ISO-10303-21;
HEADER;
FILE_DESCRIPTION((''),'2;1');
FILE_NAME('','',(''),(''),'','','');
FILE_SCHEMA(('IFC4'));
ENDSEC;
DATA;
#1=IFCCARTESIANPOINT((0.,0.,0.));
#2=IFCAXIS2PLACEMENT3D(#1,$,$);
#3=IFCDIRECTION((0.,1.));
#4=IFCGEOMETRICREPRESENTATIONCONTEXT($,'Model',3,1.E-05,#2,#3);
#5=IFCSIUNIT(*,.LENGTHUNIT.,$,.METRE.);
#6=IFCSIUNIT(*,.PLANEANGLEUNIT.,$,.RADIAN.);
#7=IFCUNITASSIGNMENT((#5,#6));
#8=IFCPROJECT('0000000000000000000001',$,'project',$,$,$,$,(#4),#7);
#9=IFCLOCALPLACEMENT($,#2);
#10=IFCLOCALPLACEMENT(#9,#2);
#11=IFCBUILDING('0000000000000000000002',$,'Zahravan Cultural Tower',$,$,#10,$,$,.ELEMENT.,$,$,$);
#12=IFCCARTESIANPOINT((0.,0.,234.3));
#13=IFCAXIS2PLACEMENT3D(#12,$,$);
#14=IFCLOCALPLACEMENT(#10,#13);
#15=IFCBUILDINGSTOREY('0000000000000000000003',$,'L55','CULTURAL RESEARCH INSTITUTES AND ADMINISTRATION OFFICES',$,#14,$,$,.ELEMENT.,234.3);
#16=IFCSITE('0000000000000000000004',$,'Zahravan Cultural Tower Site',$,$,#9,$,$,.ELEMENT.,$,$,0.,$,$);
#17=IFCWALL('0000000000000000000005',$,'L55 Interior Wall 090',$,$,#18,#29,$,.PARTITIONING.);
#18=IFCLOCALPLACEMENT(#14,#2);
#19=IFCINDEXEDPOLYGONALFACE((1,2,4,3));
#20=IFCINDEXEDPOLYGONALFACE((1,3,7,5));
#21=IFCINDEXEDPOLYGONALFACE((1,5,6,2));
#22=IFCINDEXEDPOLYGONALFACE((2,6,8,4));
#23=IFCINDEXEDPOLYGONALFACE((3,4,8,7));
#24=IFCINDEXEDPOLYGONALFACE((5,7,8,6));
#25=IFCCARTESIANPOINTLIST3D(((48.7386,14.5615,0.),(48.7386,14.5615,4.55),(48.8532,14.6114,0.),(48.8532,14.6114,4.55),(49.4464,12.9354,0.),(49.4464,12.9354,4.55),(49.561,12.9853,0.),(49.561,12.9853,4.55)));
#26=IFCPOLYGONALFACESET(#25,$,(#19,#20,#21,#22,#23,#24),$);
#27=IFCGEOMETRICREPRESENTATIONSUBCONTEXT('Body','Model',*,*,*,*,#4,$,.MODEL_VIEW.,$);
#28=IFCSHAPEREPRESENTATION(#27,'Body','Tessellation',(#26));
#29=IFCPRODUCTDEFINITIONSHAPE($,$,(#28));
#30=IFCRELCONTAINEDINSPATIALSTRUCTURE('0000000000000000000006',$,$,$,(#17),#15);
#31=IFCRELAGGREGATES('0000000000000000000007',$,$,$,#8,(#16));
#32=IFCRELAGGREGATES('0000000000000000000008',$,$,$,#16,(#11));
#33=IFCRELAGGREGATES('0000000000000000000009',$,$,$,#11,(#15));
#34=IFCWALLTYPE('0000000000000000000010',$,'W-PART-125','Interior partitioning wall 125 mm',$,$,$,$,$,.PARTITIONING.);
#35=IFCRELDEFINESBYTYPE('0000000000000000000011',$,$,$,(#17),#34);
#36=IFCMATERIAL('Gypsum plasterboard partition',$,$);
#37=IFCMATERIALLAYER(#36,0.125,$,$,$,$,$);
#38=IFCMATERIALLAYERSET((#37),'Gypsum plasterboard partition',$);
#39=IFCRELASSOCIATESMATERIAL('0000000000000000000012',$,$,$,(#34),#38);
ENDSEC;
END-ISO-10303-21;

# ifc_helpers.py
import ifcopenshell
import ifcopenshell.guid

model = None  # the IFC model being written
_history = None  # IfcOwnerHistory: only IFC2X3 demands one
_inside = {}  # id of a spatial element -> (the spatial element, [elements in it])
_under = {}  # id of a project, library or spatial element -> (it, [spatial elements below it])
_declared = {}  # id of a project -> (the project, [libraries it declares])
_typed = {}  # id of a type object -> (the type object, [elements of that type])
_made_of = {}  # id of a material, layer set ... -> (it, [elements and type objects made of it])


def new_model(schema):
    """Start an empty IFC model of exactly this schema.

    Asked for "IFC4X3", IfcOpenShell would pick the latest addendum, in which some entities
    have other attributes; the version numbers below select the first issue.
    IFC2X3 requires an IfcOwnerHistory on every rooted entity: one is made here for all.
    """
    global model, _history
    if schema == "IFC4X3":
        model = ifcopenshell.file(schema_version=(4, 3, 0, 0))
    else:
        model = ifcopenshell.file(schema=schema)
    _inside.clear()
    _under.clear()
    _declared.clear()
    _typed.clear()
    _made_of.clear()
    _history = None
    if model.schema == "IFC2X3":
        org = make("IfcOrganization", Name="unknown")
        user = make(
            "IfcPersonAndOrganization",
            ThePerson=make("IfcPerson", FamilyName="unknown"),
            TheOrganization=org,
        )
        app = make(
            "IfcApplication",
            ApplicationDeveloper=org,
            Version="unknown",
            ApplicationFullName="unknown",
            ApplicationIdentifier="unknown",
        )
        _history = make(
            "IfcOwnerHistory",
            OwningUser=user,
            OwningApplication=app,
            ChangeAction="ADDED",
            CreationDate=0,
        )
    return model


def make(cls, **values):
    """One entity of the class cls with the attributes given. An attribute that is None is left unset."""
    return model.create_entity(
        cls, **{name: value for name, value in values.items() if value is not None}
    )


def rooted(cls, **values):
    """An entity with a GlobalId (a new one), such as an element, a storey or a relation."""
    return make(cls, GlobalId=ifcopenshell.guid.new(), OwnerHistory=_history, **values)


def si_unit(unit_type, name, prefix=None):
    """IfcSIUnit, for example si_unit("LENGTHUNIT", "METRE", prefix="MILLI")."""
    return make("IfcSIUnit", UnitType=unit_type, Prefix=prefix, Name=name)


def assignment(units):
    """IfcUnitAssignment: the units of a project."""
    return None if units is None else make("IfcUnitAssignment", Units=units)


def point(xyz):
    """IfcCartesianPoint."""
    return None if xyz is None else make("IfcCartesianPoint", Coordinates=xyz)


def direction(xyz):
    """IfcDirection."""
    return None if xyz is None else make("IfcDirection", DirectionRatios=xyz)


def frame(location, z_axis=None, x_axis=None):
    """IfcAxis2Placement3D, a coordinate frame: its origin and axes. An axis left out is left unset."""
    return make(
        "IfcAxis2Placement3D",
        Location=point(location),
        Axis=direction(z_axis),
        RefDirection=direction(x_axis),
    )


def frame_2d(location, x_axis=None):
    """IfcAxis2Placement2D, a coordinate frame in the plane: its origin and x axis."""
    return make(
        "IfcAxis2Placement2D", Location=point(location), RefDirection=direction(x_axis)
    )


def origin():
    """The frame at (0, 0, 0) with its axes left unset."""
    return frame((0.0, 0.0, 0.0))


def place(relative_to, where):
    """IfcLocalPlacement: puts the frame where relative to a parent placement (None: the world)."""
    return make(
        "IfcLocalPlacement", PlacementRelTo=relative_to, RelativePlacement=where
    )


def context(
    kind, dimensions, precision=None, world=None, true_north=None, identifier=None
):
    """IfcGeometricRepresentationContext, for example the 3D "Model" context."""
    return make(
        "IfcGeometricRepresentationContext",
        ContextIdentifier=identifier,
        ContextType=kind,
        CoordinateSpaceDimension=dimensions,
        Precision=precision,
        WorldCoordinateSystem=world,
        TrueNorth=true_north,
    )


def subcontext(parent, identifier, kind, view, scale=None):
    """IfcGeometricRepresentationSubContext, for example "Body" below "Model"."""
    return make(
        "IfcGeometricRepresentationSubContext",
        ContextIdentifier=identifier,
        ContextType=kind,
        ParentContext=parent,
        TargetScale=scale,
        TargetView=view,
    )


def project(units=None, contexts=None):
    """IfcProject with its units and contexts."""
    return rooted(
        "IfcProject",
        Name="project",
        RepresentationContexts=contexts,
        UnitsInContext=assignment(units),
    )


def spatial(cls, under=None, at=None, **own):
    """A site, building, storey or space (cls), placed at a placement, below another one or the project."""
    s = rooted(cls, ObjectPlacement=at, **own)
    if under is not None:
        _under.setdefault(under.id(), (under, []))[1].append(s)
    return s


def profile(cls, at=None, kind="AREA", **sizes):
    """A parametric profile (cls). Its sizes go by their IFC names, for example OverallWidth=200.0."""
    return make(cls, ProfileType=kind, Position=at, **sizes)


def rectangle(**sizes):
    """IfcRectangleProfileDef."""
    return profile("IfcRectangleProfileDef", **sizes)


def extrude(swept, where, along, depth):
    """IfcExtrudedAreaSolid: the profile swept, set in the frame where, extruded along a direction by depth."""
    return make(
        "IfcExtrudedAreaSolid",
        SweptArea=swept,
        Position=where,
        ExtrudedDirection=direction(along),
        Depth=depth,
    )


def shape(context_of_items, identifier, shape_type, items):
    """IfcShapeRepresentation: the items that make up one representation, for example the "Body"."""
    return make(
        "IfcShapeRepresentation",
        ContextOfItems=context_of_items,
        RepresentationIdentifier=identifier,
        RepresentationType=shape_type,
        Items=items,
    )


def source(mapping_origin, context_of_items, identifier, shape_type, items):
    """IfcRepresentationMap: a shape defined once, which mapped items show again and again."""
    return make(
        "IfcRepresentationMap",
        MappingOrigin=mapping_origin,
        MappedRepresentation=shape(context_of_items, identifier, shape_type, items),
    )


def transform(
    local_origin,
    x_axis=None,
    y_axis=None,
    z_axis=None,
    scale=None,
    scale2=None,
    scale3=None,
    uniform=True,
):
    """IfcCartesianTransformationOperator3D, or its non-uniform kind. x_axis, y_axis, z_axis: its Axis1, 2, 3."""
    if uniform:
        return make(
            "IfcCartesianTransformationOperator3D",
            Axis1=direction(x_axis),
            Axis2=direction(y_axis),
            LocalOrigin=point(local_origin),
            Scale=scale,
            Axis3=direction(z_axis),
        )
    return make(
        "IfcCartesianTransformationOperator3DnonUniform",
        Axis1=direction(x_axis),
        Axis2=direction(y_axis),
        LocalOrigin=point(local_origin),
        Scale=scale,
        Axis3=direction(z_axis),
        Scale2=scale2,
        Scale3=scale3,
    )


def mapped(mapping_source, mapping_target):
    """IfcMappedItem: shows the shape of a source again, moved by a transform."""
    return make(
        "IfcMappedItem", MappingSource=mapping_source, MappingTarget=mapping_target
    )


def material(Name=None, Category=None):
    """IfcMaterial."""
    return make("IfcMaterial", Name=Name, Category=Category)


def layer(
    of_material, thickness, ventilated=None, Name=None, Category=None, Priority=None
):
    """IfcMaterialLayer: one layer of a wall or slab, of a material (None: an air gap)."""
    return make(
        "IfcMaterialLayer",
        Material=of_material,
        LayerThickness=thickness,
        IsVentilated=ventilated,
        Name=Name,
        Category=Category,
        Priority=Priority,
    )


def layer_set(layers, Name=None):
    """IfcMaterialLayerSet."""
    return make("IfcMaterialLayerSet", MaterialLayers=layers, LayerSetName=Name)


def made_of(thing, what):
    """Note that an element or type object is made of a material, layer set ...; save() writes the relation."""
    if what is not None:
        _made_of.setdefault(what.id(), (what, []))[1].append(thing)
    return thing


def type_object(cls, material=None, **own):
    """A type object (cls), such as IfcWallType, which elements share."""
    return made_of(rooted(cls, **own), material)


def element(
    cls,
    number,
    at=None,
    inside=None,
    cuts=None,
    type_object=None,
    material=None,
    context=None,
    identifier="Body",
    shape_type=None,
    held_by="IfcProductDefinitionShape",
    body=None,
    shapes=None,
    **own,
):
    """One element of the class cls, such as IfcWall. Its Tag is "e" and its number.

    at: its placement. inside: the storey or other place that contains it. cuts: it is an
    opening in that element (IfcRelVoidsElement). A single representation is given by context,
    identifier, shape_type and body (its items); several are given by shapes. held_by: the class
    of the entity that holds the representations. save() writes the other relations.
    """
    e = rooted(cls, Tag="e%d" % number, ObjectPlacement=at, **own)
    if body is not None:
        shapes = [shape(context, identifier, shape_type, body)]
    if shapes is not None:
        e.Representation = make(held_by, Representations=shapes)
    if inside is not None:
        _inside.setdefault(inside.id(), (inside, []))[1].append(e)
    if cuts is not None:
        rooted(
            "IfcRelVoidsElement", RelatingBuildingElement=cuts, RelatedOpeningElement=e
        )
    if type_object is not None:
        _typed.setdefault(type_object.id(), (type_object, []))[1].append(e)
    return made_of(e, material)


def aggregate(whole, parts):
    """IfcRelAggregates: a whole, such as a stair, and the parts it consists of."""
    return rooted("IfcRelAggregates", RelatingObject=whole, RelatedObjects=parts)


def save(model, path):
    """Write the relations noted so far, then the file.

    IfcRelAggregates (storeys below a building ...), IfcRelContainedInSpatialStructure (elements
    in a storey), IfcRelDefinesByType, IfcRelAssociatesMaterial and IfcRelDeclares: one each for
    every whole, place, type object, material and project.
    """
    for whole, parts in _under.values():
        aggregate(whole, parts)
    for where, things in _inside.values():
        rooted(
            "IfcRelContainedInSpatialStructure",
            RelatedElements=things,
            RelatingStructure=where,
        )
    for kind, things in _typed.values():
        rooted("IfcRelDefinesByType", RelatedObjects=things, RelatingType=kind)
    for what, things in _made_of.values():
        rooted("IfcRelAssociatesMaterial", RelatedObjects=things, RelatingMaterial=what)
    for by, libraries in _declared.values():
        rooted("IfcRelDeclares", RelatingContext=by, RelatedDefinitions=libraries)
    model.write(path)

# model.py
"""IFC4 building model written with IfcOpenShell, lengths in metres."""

from ifc_helpers import new_model, si_unit, direction, frame, frame_2d, origin, place, context, subcontext, project, spatial, rectangle, extrude, source, transform, mapped, material, layer, layer_set, type_object, element, save


model = new_model("IFC4")

# Units and contexts
model_context = context("Model", 3, precision=1e-05, world=origin(), true_north=direction((0.0, 1.0)))
body_context = subcontext(model_context, "Body", "Model", "MODEL_VIEW")
ifc_project = project(units=[si_unit("LENGTHUNIT", "METRE"), si_unit("PLANEANGLEUNIT", "RADIAN")], contexts=[model_context])

# Site, building, storey
site_placement = place(None, origin())
site = spatial("IfcSite", under=ifc_project, at=site_placement, Name="Zahravan Cultural Tower Site", CompositionType="ELEMENT", RefElevation=0.0)
building_placement = place(site_placement, origin())
building = spatial("IfcBuilding", under=site, at=building_placement, Name="Zahravan Cultural Tower", CompositionType="ELEMENT")
storey_placement = place(building_placement, frame((0.0, 0.0, 234.3)))
storey = spatial("IfcBuildingStorey", under=building, at=storey_placement, Name="L55", Description="CULTURAL RESEARCH INSTITUTES AND ADMINISTRATION OFFICES", CompositionType="ELEMENT", Elevation=234.3)

# Wall
ifc_material_1 = material(Name="Gypsum plasterboard partition")
ifc_layer_1 = layer(ifc_material_1, 0.125)
ifc_layer_set_1 = layer_set([ifc_layer_1], Name="Gypsum plasterboard partition")
wall_type_1 = type_object("IfcWallType", Name="W-PART-125", Description="Interior partitioning wall 125 mm", PredefinedType="PARTITIONING", material=ifc_layer_set_1)
shared_shape_1 = source(origin(), body_context, "Body", "SweptSolid", [
    extrude(rectangle(XDim=1.7734, YDim=0.125, at=frame_2d((0.8867, 0.0))), origin(), (0.0, 0.0, 1.0), 4.55),
])
wall_1_placement = place(storey_placement, frame((48.7959, 14.5864, 0.0), z_axis=(0.0, 0.0, 1.0), x_axis=(0.399114, -0.916901, 0.0)))
element("IfcWall", 1, at=wall_1_placement, inside=storey, type_object=wall_type_1, Name="L55 Interior Wall 090", PredefinedType="PARTITIONING", context=body_context, shape_type="MappedRepresentation", body=[
    mapped(shared_shape_1, transform((0.0, 0.0, 0.0), x_axis=(1.0, 0.0, 0.0), y_axis=(0.0, 1.0, 0.0), z_axis=(0.0, 0.0, 1.0), scale=1.0)),
])

save(model, "model.ifc")
